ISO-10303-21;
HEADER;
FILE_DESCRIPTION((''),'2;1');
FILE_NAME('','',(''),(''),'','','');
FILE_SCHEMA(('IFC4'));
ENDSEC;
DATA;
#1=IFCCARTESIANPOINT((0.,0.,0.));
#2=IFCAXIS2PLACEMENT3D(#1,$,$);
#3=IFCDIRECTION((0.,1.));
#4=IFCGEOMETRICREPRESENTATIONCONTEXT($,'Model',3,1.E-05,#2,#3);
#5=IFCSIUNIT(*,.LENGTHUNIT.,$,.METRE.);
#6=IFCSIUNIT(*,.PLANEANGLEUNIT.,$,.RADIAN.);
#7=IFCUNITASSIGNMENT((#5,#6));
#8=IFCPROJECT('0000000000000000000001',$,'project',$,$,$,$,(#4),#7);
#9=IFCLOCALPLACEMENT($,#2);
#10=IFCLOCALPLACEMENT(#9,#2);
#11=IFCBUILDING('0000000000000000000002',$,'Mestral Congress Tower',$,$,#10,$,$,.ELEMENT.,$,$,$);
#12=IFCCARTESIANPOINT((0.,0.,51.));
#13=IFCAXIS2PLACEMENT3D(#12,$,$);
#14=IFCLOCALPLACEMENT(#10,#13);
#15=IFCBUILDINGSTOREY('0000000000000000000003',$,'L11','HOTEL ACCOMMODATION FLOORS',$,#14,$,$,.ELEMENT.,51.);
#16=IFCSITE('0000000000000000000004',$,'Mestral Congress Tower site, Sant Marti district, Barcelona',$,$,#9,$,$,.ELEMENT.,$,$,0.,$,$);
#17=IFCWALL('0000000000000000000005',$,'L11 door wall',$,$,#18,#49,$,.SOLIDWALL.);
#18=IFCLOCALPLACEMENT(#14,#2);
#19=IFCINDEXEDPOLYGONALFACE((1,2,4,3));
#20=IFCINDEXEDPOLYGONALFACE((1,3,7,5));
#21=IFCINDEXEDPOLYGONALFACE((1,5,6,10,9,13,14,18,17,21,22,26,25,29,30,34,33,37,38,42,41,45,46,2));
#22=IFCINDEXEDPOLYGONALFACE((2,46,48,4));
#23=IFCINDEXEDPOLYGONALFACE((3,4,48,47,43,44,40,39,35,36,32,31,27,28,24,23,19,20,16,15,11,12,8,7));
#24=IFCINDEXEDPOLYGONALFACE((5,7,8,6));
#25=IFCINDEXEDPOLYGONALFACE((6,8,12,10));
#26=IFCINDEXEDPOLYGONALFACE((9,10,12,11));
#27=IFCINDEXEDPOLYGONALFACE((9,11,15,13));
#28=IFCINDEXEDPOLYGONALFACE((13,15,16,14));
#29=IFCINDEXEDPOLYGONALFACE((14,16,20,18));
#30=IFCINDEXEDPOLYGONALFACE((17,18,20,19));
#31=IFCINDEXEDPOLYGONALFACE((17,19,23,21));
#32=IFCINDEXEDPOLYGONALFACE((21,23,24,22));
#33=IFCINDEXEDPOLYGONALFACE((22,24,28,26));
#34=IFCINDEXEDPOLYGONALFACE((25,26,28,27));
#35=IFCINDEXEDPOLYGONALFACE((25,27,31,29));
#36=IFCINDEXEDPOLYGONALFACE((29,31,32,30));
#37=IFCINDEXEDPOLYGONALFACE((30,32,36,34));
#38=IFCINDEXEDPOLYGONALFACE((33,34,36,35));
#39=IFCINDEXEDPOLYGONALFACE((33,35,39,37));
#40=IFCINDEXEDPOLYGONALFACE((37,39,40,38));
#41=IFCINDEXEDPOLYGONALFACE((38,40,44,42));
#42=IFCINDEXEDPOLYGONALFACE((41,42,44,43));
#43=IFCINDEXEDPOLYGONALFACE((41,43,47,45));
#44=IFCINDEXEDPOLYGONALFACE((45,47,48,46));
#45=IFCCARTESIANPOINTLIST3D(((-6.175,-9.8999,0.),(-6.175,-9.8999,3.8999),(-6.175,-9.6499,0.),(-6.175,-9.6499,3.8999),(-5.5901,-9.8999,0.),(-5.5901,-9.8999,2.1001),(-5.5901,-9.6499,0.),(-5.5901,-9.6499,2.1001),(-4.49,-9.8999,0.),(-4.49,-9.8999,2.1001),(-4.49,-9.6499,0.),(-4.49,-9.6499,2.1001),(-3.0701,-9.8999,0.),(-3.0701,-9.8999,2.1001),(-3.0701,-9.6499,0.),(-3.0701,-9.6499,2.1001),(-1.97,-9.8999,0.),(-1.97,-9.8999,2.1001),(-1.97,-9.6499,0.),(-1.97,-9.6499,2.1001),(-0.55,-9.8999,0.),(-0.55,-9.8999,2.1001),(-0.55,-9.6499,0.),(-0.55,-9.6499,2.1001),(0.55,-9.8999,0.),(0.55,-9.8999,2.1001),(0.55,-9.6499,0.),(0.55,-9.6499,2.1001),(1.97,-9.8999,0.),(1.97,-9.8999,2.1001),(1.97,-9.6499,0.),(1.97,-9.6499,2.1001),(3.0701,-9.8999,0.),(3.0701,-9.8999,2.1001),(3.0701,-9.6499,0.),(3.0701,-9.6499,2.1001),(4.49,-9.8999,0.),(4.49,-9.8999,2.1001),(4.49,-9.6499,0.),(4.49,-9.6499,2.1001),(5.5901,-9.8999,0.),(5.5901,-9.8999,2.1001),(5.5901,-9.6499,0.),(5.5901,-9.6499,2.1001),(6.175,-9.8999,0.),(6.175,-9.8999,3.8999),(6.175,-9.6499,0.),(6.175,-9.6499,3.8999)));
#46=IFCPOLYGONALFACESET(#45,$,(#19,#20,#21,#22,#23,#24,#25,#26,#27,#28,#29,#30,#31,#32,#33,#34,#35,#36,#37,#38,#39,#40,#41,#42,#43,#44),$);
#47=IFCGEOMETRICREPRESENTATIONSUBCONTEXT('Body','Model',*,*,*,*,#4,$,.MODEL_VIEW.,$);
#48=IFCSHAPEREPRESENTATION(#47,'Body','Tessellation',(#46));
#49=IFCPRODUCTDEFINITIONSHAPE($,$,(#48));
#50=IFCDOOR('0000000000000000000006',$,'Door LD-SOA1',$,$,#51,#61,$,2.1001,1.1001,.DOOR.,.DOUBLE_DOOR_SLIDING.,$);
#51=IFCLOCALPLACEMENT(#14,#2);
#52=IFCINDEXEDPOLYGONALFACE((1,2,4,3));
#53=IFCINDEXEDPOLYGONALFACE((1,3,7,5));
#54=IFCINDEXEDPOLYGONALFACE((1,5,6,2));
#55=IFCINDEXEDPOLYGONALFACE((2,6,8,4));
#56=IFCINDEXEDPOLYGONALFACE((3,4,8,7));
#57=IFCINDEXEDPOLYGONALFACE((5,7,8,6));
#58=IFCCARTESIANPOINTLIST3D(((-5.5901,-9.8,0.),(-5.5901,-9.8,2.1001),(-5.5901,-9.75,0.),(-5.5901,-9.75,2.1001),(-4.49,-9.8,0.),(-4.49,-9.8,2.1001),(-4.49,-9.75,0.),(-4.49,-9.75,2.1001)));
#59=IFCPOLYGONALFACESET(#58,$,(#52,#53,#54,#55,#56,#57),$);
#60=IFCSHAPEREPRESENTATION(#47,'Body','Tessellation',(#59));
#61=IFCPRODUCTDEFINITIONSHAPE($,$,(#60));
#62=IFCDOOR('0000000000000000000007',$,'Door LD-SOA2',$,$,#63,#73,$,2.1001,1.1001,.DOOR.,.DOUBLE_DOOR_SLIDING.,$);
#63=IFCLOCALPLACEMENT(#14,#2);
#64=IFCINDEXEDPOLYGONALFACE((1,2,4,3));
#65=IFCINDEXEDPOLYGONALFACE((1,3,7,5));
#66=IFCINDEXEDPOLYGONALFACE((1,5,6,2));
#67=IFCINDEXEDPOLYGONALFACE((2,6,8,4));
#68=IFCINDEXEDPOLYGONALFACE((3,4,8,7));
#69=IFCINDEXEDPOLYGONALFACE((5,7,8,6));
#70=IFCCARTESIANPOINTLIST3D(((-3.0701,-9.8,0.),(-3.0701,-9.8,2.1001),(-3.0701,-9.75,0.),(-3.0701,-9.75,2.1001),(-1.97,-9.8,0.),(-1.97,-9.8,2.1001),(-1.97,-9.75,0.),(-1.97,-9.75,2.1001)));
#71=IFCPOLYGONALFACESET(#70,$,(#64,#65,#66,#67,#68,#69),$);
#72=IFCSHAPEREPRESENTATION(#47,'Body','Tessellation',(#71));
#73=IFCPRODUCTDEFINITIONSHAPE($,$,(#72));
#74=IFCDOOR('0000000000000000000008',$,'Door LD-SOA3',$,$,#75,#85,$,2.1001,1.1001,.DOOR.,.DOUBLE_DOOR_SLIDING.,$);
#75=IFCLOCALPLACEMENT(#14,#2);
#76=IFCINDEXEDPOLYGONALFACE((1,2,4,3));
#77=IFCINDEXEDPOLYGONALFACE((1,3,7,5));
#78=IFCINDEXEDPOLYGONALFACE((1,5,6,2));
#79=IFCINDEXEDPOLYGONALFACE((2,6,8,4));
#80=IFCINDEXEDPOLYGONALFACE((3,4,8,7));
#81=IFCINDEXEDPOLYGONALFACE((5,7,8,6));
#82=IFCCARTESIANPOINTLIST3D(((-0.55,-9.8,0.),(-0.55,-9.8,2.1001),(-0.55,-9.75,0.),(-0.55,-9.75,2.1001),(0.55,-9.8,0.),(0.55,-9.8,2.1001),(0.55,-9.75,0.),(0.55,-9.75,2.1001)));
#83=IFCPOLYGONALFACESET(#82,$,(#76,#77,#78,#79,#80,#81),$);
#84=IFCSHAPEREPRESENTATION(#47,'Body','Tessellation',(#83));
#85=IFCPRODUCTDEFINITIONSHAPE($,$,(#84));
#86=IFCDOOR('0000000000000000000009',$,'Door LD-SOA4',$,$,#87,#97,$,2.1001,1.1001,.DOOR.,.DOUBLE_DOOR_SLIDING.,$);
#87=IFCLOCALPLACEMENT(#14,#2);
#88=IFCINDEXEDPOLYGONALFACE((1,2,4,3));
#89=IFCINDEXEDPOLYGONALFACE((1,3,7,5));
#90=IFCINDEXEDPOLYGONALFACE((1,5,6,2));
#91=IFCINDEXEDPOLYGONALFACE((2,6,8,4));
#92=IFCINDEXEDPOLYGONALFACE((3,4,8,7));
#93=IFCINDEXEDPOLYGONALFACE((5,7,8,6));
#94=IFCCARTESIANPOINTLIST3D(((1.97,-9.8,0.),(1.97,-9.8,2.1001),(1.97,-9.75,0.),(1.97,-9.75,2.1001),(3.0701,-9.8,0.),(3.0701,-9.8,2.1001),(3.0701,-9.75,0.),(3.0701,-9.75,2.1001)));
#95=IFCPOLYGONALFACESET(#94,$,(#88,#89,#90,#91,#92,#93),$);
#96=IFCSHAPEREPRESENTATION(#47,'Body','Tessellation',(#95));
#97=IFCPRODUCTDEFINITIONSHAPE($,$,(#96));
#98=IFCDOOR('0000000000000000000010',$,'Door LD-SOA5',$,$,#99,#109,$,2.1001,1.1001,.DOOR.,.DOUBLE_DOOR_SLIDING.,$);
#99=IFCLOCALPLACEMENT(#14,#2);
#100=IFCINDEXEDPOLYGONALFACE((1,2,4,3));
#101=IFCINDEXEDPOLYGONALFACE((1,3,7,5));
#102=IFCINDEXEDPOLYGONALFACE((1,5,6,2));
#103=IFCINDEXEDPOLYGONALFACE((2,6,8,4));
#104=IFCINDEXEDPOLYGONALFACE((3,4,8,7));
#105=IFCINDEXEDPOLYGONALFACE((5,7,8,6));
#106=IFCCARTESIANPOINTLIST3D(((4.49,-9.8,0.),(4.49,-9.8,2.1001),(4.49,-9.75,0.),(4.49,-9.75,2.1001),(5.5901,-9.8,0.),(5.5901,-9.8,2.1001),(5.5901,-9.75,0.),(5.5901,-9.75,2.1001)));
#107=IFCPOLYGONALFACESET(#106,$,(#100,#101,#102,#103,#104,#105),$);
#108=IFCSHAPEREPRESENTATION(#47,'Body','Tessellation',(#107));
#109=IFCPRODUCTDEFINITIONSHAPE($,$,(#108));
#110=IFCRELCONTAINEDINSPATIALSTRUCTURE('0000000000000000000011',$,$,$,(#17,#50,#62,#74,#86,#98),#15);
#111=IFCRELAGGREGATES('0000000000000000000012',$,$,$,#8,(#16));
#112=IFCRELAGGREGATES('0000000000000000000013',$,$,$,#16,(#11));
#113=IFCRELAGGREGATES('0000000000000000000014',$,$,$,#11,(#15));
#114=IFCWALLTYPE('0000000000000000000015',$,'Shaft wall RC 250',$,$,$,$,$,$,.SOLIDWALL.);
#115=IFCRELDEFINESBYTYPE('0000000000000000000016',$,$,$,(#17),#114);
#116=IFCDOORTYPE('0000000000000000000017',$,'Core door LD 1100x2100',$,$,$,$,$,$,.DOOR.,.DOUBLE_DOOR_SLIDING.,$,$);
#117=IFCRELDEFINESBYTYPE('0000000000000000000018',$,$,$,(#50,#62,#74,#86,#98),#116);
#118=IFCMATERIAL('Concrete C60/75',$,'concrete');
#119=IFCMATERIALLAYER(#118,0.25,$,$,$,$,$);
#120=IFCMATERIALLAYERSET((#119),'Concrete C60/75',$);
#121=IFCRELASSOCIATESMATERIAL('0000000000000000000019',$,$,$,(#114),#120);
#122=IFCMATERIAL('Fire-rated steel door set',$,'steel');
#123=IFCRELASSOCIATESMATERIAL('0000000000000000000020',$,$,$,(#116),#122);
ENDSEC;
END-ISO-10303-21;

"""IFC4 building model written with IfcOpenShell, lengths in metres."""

from ifc_helpers import new_model, si_unit, direction, frame, frame_2d, origin, place, context, subcontext, project, spatial, rectangle, extrude, material, layer, layer_set, type_object, element, fill, save


model = new_model("IFC4")

# Units and contexts
model_context = context("Model", 3, precision=1e-05, world=origin(), true_north=direction((0.0, 1.0)))
body_context = subcontext(model_context, "Body", "Model", "MODEL_VIEW")
ifc_project = project(units=[si_unit("LENGTHUNIT", "METRE"), si_unit("PLANEANGLEUNIT", "RADIAN")], contexts=[model_context])

# Site, building, storey
site_placement = place(None, origin())
site = spatial("IfcSite", under=ifc_project, at=site_placement, Name="Mestral Congress Tower site, Sant Marti district, Barcelona", CompositionType="ELEMENT", RefElevation=0.0)
building_placement = place(site_placement, origin())
building = spatial("IfcBuilding", under=site, at=building_placement, Name="Mestral Congress Tower", CompositionType="ELEMENT")
storey_placement = place(building_placement, frame((0.0, 0.0, 51.0)))
storey = spatial("IfcBuildingStorey", under=building, at=storey_placement, Name="L11", Description="HOTEL ACCOMMODATION FLOORS", CompositionType="ELEMENT", Elevation=51.0)

# Shared definitions
ifc_material_1 = material(Name="Concrete C60/75", Category="concrete")
ifc_layer_1 = layer(ifc_material_1, 0.25)
ifc_layer_set_1 = layer_set([ifc_layer_1], Name="Concrete C60/75")
wall_type_1 = type_object("IfcWallType", Name="Shaft wall RC 250", PredefinedType="SOLIDWALL", material=ifc_layer_set_1)

# Wall, openings, doors
wall_1_placement = place(storey_placement, frame((-6.175, -9.7749, 0.0), z_axis=(0.0, 0.0, 1.0), x_axis=(1.0, 0.0, 0.0)))
wall_1 = element("IfcWall", 1, at=wall_1_placement, inside=storey, type_object=wall_type_1, Name="L11 door wall", PredefinedType="SOLIDWALL", context=body_context, shape_type="SweptSolid", body=[
    extrude(rectangle(XDim=12.3501, YDim=0.25, at=frame_2d((6.175, 0.0))), origin(), (0.0, 0.0, 1.0), 3.8999),
])
opening_1_placement = place(wall_1_placement, frame((0.585, 0.0, 0.0)))
opening_1 = element("IfcOpeningElement", 2, at=opening_1_placement, cuts=wall_1, PredefinedType="OPENING", context=body_context, shape_type="SweptSolid", body=[
    extrude(rectangle(XDim=1.1001, YDim=2.1001, at=frame_2d((0.55, 1.05))), frame((0.0, 0.135, 0.0), z_axis=(0.0, -1.0, 0.0), x_axis=(1.0, 0.0, 0.0)), (0.0, 0.0, 1.0), 0.27),
])
opening_2_placement = place(wall_1_placement, frame((3.105, 0.0, 0.0)))
opening_2 = element("IfcOpeningElement", 3, at=opening_2_placement, cuts=wall_1, PredefinedType="OPENING", context=body_context, shape_type="SweptSolid", body=[
    extrude(rectangle(XDim=1.1001, YDim=2.1001, at=frame_2d((0.55, 1.05))), frame((0.0, 0.135, 0.0), z_axis=(0.0, -1.0, 0.0), x_axis=(1.0, 0.0, 0.0)), (0.0, 0.0, 1.0), 0.27),
])
opening_3_placement = place(wall_1_placement, frame((5.625, 0.0, 0.0)))
opening_3 = element("IfcOpeningElement", 4, at=opening_3_placement, cuts=wall_1, PredefinedType="OPENING", context=body_context, shape_type="SweptSolid", body=[
    extrude(rectangle(XDim=1.1001, YDim=2.1001, at=frame_2d((0.55, 1.05))), frame((0.0, 0.135, 0.0), z_axis=(0.0, -1.0, 0.0), x_axis=(1.0, 0.0, 0.0)), (0.0, 0.0, 1.0), 0.27),
])
opening_4_placement = place(wall_1_placement, frame((8.145, 0.0, 0.0)))
opening_4 = element("IfcOpeningElement", 5, at=opening_4_placement, cuts=wall_1, PredefinedType="OPENING", context=body_context, shape_type="SweptSolid", body=[
    extrude(rectangle(XDim=1.1001, YDim=2.1001, at=frame_2d((0.55, 1.05))), frame((0.0, 0.135, 0.0), z_axis=(0.0, -1.0, 0.0), x_axis=(1.0, 0.0, 0.0)), (0.0, 0.0, 1.0), 0.27),
])
opening_5_placement = place(wall_1_placement, frame((10.665, 0.0, 0.0)))
opening_5 = element("IfcOpeningElement", 6, at=opening_5_placement, cuts=wall_1, PredefinedType="OPENING", context=body_context, shape_type="SweptSolid", body=[
    extrude(rectangle(XDim=1.1001, YDim=2.1001, at=frame_2d((0.55, 1.05))), frame((0.0, 0.135, 0.0), z_axis=(0.0, -1.0, 0.0), x_axis=(1.0, 0.0, 0.0)), (0.0, 0.0, 1.0), 0.27),
])
ifc_material_2 = material(Name="Fire-rated steel door set", Category="steel")
door_type_1 = type_object("IfcDoorType", Name="Core door LD 1100x2100", OperationType="DOUBLE_DOOR_SLIDING", PredefinedType="DOOR", material=ifc_material_2)
door_1_placement = place(opening_1_placement, origin())
door_1 = element("IfcDoor", 7, at=door_1_placement, inside=storey, type_object=door_type_1, Name="Door LD-SOA1", OperationType="DOUBLE_DOOR_SLIDING", OverallHeight=2.1001, OverallWidth=1.1001, PredefinedType="DOOR", context=body_context, shape_type="SweptSolid", body=[
    extrude(rectangle(XDim=1.1001, YDim=2.1001, at=frame_2d((0.55, 1.05))), frame((0.0, 0.0249, 0.0), z_axis=(0.0, -1.0, 0.0), x_axis=(1.0, 0.0, 0.0)), (0.0, 0.0, 1.0), 0.05),
])
fill(opening_1, door_1)
door_2_placement = place(opening_2_placement, origin())
door_2 = element("IfcDoor", 8, at=door_2_placement, inside=storey, type_object=door_type_1, Name="Door LD-SOA2", OperationType="DOUBLE_DOOR_SLIDING", OverallHeight=2.1001, OverallWidth=1.1001, PredefinedType="DOOR", context=body_context, shape_type="SweptSolid", body=[
    extrude(rectangle(XDim=1.1001, YDim=2.1001, at=frame_2d((0.55, 1.05))), frame((0.0, 0.0249, 0.0), z_axis=(0.0, -1.0, 0.0), x_axis=(1.0, 0.0, 0.0)), (0.0, 0.0, 1.0), 0.05),
])
fill(opening_2, door_2)
door_3_placement = place(opening_3_placement, origin())
door_3 = element("IfcDoor", 9, at=door_3_placement, inside=storey, type_object=door_type_1, Name="Door LD-SOA3", OperationType="DOUBLE_DOOR_SLIDING", OverallHeight=2.1001, OverallWidth=1.1001, PredefinedType="DOOR", context=body_context, shape_type="SweptSolid", body=[
    extrude(rectangle(XDim=1.1001, YDim=2.1001, at=frame_2d((0.55, 1.05))), frame((0.0, 0.0249, 0.0), z_axis=(0.0, -1.0, 0.0), x_axis=(1.0, 0.0, 0.0)), (0.0, 0.0, 1.0), 0.05),
])
fill(opening_3, door_3)
door_4_placement = place(opening_4_placement, origin())
door_4 = element("IfcDoor", 10, at=door_4_placement, inside=storey, type_object=door_type_1, Name="Door LD-SOA4", OperationType="DOUBLE_DOOR_SLIDING", OverallHeight=2.1001, OverallWidth=1.1001, PredefinedType="DOOR", context=body_context, shape_type="SweptSolid", body=[
    extrude(rectangle(XDim=1.1001, YDim=2.1001, at=frame_2d((0.55, 1.05))), frame((0.0, 0.0249, 0.0), z_axis=(0.0, -1.0, 0.0), x_axis=(1.0, 0.0, 0.0)), (0.0, 0.0, 1.0), 0.05),
])
fill(opening_4, door_4)
door_5_placement = place(opening_5_placement, origin())
door_5 = element("IfcDoor", 11, at=door_5_placement, inside=storey, type_object=door_type_1, Name="Door LD-SOA5", OperationType="DOUBLE_DOOR_SLIDING", OverallHeight=2.1001, OverallWidth=1.1001, PredefinedType="DOOR", context=body_context, shape_type="SweptSolid", body=[
    extrude(rectangle(XDim=1.1001, YDim=2.1001, at=frame_2d((0.55, 1.05))), frame((0.0, 0.0249, 0.0), z_axis=(0.0, -1.0, 0.0), x_axis=(1.0, 0.0, 0.0)), (0.0, 0.0, 1.0), 0.05),
])
fill(opening_5, door_5)

save(model, "model.ifc")
